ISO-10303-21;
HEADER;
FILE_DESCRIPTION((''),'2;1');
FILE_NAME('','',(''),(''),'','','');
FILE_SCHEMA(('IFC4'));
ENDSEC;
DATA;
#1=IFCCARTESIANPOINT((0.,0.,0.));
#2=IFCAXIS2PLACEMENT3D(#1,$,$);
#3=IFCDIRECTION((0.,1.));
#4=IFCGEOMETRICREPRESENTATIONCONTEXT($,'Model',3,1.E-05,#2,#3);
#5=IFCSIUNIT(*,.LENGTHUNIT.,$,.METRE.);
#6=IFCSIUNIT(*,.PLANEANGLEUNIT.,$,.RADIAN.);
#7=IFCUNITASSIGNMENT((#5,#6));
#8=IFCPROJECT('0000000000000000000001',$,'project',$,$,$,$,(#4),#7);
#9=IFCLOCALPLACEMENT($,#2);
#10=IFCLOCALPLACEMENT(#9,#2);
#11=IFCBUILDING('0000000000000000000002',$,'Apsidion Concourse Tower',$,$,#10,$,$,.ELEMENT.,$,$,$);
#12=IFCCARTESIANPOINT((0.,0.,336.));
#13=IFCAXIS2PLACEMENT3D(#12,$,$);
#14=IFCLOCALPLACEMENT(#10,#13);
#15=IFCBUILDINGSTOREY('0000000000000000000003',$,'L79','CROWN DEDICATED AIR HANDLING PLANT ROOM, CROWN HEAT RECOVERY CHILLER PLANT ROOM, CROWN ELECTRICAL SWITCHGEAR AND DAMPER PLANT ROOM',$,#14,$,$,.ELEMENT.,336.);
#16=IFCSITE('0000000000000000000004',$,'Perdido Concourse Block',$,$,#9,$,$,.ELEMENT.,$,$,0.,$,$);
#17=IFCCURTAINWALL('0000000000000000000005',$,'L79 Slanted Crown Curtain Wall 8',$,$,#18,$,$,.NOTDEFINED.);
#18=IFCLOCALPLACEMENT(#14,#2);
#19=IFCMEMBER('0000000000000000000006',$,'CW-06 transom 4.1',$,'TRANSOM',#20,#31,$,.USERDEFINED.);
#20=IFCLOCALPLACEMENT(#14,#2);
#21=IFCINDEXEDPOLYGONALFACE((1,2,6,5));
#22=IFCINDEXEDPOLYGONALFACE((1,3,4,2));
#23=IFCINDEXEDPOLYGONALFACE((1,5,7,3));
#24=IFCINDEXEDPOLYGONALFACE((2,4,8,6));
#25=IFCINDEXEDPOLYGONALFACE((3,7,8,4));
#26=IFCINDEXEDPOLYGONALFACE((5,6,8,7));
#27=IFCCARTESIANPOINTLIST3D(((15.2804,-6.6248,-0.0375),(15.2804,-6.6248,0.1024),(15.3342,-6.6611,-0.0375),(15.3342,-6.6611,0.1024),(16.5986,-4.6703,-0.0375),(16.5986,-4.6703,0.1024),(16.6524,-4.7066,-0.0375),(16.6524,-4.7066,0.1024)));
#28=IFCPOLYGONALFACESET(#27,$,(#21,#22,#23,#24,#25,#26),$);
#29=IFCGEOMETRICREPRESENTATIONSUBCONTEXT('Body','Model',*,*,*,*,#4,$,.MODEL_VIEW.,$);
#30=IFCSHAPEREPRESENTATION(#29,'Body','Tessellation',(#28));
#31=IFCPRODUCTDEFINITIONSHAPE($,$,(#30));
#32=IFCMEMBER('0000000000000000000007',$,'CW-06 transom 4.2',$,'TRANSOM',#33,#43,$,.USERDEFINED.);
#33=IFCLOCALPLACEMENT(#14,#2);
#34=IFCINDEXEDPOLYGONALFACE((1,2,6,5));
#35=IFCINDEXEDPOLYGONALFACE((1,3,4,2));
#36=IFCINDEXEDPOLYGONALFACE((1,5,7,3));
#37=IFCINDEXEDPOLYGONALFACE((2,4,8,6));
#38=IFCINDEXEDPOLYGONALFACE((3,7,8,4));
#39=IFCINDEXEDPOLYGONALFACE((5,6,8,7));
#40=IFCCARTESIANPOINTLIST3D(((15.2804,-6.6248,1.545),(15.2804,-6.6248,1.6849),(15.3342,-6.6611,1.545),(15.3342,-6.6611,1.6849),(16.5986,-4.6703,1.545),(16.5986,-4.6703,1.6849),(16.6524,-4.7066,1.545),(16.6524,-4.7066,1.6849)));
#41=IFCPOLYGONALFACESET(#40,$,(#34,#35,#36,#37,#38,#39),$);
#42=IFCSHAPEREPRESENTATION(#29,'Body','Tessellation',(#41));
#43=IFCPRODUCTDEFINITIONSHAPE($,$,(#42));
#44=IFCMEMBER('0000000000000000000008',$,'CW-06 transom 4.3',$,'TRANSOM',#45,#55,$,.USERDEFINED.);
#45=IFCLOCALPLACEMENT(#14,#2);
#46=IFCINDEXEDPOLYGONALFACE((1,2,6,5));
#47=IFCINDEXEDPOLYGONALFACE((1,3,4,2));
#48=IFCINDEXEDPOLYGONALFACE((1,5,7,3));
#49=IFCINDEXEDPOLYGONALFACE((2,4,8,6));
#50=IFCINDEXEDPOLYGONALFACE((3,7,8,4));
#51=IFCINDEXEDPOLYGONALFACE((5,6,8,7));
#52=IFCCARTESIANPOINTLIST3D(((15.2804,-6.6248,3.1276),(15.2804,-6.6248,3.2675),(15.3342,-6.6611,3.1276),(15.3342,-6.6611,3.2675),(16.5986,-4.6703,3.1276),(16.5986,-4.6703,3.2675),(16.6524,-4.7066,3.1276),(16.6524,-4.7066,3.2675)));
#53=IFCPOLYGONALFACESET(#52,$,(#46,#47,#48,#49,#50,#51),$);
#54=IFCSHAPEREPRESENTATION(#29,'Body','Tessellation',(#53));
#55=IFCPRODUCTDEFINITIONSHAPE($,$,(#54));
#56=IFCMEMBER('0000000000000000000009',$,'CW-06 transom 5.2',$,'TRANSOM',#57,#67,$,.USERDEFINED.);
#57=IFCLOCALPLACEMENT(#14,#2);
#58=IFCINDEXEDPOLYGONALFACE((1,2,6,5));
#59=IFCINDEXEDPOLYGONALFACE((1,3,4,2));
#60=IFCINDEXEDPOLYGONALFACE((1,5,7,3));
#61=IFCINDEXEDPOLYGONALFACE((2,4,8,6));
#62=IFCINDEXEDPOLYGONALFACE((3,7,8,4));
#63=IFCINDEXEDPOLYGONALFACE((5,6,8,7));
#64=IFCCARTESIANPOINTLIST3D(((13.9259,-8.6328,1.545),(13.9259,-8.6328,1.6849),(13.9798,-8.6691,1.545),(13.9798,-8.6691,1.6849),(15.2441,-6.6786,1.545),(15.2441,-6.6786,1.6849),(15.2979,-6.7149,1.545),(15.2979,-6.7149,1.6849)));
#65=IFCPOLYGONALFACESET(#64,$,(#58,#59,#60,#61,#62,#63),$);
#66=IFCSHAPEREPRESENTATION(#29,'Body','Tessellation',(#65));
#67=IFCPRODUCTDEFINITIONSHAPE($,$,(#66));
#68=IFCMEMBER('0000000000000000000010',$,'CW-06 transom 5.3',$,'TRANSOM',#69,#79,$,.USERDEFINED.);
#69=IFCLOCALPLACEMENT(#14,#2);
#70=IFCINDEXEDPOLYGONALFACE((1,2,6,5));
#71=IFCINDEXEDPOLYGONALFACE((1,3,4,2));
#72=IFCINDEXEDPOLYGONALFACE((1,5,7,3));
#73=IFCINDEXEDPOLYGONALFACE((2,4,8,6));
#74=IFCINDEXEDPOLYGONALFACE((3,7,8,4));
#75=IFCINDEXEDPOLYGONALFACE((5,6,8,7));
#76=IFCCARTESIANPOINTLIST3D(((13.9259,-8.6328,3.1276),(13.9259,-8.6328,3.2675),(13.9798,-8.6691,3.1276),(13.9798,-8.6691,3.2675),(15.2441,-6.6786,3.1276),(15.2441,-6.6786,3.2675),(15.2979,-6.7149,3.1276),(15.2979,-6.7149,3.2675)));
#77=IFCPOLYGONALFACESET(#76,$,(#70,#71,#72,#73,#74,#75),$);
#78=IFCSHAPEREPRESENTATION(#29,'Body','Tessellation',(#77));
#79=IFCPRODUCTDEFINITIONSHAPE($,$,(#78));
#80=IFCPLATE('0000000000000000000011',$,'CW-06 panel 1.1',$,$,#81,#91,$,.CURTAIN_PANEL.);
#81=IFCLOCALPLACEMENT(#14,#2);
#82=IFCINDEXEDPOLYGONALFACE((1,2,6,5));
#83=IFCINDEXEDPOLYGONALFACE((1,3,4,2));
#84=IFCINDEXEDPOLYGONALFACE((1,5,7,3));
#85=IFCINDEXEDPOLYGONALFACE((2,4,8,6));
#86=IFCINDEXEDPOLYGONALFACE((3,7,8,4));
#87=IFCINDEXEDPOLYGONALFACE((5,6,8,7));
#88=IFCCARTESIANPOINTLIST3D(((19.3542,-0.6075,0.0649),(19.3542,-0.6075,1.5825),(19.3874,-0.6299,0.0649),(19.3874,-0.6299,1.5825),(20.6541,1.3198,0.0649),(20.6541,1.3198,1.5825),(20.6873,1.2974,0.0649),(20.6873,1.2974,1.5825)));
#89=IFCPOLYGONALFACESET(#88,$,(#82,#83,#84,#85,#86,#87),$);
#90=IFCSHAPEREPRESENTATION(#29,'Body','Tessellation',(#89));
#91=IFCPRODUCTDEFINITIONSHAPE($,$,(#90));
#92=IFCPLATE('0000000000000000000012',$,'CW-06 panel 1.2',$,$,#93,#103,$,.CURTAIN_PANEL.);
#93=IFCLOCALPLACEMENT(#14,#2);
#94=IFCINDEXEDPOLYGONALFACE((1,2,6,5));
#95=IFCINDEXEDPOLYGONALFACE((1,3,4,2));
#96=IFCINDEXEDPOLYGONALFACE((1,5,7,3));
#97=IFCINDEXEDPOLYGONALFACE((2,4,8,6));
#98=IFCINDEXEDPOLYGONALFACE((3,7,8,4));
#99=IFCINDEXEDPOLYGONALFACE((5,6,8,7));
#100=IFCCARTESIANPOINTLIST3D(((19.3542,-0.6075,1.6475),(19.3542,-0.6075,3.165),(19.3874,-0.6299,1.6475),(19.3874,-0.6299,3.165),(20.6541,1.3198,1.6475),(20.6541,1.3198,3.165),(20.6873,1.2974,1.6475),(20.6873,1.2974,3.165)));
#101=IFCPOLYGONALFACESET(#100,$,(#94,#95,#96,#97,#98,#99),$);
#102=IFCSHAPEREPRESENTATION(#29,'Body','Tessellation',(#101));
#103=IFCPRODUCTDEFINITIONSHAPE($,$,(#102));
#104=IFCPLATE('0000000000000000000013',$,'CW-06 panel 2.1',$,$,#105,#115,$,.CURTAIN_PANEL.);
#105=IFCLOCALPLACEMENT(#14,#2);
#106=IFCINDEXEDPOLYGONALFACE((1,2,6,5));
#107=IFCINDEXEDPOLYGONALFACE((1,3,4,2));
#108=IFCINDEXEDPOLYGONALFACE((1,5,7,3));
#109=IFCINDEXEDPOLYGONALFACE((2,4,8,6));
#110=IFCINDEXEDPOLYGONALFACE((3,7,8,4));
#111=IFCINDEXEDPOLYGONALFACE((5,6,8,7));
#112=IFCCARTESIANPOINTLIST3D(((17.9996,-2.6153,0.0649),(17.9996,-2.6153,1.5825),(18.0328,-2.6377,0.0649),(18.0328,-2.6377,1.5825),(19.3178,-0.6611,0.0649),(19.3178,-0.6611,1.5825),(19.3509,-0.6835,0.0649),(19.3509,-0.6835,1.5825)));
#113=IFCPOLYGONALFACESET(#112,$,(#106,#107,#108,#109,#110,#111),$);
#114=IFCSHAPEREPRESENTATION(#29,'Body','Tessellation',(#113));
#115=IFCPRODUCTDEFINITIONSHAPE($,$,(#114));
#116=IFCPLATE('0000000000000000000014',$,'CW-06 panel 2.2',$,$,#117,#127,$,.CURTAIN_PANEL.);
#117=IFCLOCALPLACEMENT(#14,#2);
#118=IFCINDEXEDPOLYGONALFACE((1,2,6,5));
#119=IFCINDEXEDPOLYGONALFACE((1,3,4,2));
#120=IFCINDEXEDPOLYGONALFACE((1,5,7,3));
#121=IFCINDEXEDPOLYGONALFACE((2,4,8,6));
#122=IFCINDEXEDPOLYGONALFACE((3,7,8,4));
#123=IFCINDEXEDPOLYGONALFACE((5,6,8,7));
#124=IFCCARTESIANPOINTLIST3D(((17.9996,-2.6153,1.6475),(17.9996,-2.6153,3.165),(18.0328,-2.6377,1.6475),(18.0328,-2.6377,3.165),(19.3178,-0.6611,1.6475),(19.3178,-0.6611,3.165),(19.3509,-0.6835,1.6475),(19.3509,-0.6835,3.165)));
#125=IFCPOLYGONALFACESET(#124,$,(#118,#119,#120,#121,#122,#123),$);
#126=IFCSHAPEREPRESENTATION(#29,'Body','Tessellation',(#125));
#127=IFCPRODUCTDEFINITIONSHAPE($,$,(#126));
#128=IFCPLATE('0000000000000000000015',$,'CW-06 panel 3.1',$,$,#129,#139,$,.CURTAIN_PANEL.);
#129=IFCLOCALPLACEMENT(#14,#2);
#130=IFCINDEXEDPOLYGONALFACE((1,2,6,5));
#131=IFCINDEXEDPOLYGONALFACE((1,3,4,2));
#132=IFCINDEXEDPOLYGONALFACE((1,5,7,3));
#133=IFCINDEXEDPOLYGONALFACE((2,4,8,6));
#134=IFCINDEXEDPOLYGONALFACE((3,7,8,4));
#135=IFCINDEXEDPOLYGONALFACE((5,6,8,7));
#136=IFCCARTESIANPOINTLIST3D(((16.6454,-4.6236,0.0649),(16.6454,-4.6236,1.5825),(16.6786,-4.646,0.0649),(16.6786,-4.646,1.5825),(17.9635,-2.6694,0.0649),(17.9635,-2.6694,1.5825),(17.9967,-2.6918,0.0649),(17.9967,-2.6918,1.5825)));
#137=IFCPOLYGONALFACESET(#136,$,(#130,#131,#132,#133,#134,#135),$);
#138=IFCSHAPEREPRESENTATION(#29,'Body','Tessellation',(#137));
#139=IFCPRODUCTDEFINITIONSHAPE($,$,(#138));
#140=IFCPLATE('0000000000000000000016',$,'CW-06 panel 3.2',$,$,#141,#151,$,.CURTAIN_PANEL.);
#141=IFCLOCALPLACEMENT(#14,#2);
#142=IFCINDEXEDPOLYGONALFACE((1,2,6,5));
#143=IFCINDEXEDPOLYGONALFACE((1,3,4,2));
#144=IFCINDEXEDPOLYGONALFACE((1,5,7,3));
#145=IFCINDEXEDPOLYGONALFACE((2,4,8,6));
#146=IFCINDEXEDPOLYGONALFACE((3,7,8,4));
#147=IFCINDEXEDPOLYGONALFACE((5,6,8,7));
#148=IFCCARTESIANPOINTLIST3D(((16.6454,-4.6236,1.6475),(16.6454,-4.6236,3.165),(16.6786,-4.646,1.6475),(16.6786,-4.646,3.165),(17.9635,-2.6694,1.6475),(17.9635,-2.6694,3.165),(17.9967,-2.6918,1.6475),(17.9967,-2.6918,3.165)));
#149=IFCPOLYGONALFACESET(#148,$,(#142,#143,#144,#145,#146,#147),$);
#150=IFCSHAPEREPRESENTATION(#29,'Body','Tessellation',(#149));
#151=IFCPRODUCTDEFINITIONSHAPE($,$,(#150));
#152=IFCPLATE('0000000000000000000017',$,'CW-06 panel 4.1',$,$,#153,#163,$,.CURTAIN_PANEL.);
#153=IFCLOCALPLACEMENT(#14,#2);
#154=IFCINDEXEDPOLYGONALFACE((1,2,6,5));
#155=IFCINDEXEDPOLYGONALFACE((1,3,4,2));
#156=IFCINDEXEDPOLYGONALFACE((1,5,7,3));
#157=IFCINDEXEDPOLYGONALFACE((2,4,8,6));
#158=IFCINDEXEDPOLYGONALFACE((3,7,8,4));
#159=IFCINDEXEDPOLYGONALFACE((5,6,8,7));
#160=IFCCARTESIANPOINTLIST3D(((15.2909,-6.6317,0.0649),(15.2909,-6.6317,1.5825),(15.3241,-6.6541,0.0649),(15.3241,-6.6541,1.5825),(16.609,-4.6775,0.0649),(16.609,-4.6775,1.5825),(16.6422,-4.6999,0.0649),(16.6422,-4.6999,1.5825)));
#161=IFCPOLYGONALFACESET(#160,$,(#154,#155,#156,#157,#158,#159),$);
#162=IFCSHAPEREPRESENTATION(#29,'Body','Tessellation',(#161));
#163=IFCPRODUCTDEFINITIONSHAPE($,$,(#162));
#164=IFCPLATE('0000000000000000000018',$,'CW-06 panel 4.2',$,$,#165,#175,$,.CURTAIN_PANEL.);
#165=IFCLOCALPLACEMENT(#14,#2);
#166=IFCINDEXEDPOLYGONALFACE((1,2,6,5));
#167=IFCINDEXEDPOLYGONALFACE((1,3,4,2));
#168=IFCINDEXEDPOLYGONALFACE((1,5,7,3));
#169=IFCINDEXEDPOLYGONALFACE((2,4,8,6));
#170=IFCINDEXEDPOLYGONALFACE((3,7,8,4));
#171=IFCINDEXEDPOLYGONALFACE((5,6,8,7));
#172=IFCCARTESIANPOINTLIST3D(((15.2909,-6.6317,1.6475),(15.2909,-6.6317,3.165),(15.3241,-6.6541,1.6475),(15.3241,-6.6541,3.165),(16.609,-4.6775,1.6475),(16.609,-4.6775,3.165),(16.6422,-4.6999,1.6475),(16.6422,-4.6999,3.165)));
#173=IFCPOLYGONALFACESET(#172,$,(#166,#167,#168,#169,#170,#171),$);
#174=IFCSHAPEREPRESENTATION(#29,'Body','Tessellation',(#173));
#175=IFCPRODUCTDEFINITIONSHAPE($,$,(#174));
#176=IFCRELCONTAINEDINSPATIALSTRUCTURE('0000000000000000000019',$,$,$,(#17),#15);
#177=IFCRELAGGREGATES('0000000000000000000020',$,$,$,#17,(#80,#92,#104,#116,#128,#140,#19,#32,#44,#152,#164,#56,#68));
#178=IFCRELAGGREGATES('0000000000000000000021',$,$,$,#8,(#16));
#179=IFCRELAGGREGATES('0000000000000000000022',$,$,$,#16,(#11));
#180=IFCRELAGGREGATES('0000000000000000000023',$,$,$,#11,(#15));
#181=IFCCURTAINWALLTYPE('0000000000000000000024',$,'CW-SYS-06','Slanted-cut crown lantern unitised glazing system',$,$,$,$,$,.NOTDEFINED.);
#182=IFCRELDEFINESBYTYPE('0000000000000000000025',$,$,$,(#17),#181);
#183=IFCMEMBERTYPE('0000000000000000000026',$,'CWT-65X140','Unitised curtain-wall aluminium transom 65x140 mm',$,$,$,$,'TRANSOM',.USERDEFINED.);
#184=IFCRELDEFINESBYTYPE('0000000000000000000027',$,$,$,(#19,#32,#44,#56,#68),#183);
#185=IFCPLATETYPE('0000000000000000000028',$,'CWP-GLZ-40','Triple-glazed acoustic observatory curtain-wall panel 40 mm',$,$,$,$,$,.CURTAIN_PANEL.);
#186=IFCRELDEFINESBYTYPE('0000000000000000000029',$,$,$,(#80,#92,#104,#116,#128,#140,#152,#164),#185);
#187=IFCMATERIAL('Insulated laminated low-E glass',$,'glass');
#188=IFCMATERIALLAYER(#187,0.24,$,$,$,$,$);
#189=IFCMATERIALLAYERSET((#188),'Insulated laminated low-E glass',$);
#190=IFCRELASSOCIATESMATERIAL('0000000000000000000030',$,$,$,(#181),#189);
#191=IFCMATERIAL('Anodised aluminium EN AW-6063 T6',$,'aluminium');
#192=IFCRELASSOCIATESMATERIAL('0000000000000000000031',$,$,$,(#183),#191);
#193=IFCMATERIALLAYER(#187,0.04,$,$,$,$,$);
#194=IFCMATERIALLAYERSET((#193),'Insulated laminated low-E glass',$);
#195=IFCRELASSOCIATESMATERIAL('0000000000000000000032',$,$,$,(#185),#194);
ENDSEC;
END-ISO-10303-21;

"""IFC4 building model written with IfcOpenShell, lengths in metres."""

from ifc_helpers import new_model, si_unit, direction, frame, origin, origin_2d, place, context, subcontext, project, spatial, rectangle, extrude, material, layer, layer_set, material_profile, profile_set, type_object, element, aggregate, save


model = new_model("IFC4")

# Units and contexts
model_context = context("Model", 3, precision=1e-05, world=origin(), true_north=direction((0.0, 1.0)))
body_context = subcontext(model_context, "Body", "Model", "MODEL_VIEW")
ifc_project = project(units=[si_unit("LENGTHUNIT", "METRE"), si_unit("PLANEANGLEUNIT", "RADIAN")], contexts=[model_context])

# Site, building, storey
site_placement = place(None, origin())
site = spatial("IfcSite", under=ifc_project, at=site_placement, Name="Perdido Concourse Block", CompositionType="ELEMENT", RefElevation=0.0)
building_placement = place(site_placement, origin())
building = spatial("IfcBuilding", under=site, at=building_placement, Name="Apsidion Concourse Tower", CompositionType="ELEMENT")
storey_placement = place(building_placement, frame((0.0, 0.0, 336.0)))
storey = spatial("IfcBuildingStorey", under=building, at=storey_placement, Name="L79", Description="CROWN DEDICATED AIR HANDLING PLANT ROOM, CROWN HEAT RECOVERY CHILLER PLANT ROOM, CROWN ELECTRICAL SWITCHGEAR AND DAMPER PLANT ROOM", CompositionType="ELEMENT", Elevation=336.0)

# Curtain wall, members, plates
ifc_material_1 = material(Name="Insulated laminated low-E glass", Category="glass")
ifc_layer_1 = layer(ifc_material_1, 0.24)
ifc_layer_set_1 = layer_set([ifc_layer_1], Name="Insulated laminated low-E glass")
curtain_wall_type = type_object("IfcCurtainWallType", Name="CW-SYS-06", Description="Slanted-cut crown lantern unitised glazing system", PredefinedType="NOTDEFINED", material=ifc_layer_set_1)
curtain_wall_placement = place(storey_placement, origin())
curtain_wall = element("IfcCurtainWall", 1, at=curtain_wall_placement, inside=storey, type_object=curtain_wall_type, Name="L79 Slanted Crown Curtain Wall 8", PredefinedType="NOTDEFINED")
ifc_material_2 = material(Name="Anodised aluminium EN AW-6063 T6", Category="aluminium")
ifc_material_profile_1 = material_profile(ifc_material_2, rectangle(XDim=0.0649, YDim=0.1399, at=origin_2d()), Name="ALU TRANSOM 65x140")
ifc_profile_set_1 = profile_set([ifc_material_profile_1], Name="Anodised aluminium EN AW-6063 T6")
member_type_1 = type_object("IfcMemberType", Name="CWT-65X140", Description="Unitised curtain-wall aluminium transom 65x140 mm", ElementType="TRANSOM", PredefinedType="USERDEFINED", material=ifc_profile_set_1)
member_1_placement = place(storey_placement, frame((16.6255, -4.6885, 0.0325), z_axis=(-0.559162, -0.829059, 0.0), x_axis=(0.829059, -0.559162, 0.0)))
member_1 = element("IfcMember", 2, at=member_1_placement, type_object=member_type_1, Name="CW-06 transom 4.1", ObjectType="TRANSOM", PredefinedType="USERDEFINED", context=body_context, shape_type="SweptSolid", body=[
    extrude(rectangle(XDim=0.0649, YDim=0.1399, at=origin_2d()), origin(), (0.0, 0.0, 1.0), 2.3574),
])
member_2_placement = place(storey_placement, frame((16.6255, -4.6885, 1.615), z_axis=(-0.559162, -0.829059, 0.0), x_axis=(0.829059, -0.559162, 0.0)))
member_2 = element("IfcMember", 3, at=member_2_placement, type_object=member_type_1, Name="CW-06 transom 4.2", ObjectType="TRANSOM", PredefinedType="USERDEFINED", context=body_context, shape_type="SweptSolid", body=[
    extrude(rectangle(XDim=0.0649, YDim=0.1399, at=origin_2d()), origin(), (0.0, 0.0, 1.0), 2.3574),
])
member_3_placement = place(storey_placement, frame((16.6255, -4.6885, 3.1975), z_axis=(-0.559162, -0.829059, 0.0), x_axis=(0.829059, -0.559162, 0.0)))
member_3 = element("IfcMember", 4, at=member_3_placement, type_object=member_type_1, Name="CW-06 transom 4.3", ObjectType="TRANSOM", PredefinedType="USERDEFINED", context=body_context, shape_type="SweptSolid", body=[
    extrude(rectangle(XDim=0.0649, YDim=0.1399, at=origin_2d()), origin(), (0.0, 0.0, 1.0), 2.3574),
])
member_4_placement = place(storey_placement, frame((15.271, -6.6968, 1.615), z_axis=(-0.55921, -0.829026, 0.0), x_axis=(0.829026, -0.55921, 0.0)))
member_4 = element("IfcMember", 5, at=member_4_placement, type_object=member_type_1, Name="CW-06 transom 5.2", ObjectType="TRANSOM", PredefinedType="USERDEFINED", context=body_context, shape_type="SweptSolid", body=[
    extrude(rectangle(XDim=0.0649, YDim=0.1399, at=origin_2d()), origin(), (0.0, 0.0, 1.0), 2.3572),
])
member_5_placement = place(storey_placement, frame((15.271, -6.6968, 3.1975), z_axis=(-0.55921, -0.829026, 0.0), x_axis=(0.829026, -0.55921, 0.0)))
member_5 = element("IfcMember", 6, at=member_5_placement, type_object=member_type_1, Name="CW-06 transom 5.3", ObjectType="TRANSOM", PredefinedType="USERDEFINED", context=body_context, shape_type="SweptSolid", body=[
    extrude(rectangle(XDim=0.0649, YDim=0.1399, at=origin_2d()), origin(), (0.0, 0.0, 1.0), 2.3572),
])
ifc_layer_2 = layer(ifc_material_1, 0.04)
ifc_layer_set_2 = layer_set([ifc_layer_2], Name="Insulated laminated low-E glass")
plate_type = type_object("IfcPlateType", Name="CWP-GLZ-40", Description="Triple-glazed acoustic observatory curtain-wall panel 40 mm", PredefinedType="CURTAIN_PANEL", material=ifc_layer_set_2)
plate_1_placement = place(storey_placement, frame((20.0208, 0.345, 0.0649), z_axis=(0.0, 0.0, 1.0), x_axis=(-0.559192, -0.829038, 0.0)))
plate_1 = element("IfcPlate", 7, at=plate_1_placement, type_object=plate_type, Name="CW-06 panel 1.1", PredefinedType="CURTAIN_PANEL", context=body_context, shape_type="SweptSolid", body=[
    extrude(rectangle(XDim=2.3247, YDim=0.04, at=origin_2d()), origin(), (0.0, 0.0, 1.0), 1.5176),
])
plate_2_placement = place(storey_placement, frame((20.0208, 0.345, 1.6475), z_axis=(0.0, 0.0, 1.0), x_axis=(-0.559192, -0.829038, 0.0)))
plate_2 = element("IfcPlate", 8, at=plate_2_placement, type_object=plate_type, Name="CW-06 panel 1.2", PredefinedType="CURTAIN_PANEL", context=body_context, shape_type="SweptSolid", body=[
    extrude(rectangle(XDim=2.3247, YDim=0.04, at=origin_2d()), origin(), (0.0, 0.0, 1.0), 1.5176),
])
plate_3_placement = place(storey_placement, frame((18.6753, -1.6494, 0.0649), z_axis=(0.0, 0.0, 1.0), x_axis=(-0.559192, -0.829038, 0.0)))
plate_3 = element("IfcPlate", 9, at=plate_3_placement, type_object=plate_type, Name="CW-06 panel 2.1", PredefinedType="CURTAIN_PANEL", context=body_context, shape_type="SweptSolid", body=[
    extrude(rectangle(XDim=2.3572, YDim=0.04, at=origin_2d()), origin(), (0.0, 0.0, 1.0), 1.5176),
])
plate_4_placement = place(storey_placement, frame((18.6753, -1.6494, 1.6475), z_axis=(0.0, 0.0, 1.0), x_axis=(-0.559192, -0.829038, 0.0)))
plate_4 = element("IfcPlate", 10, at=plate_4_placement, type_object=plate_type, Name="CW-06 panel 2.2", PredefinedType="CURTAIN_PANEL", context=body_context, shape_type="SweptSolid", body=[
    extrude(rectangle(XDim=2.3572, YDim=0.04, at=origin_2d()), origin(), (0.0, 0.0, 1.0), 1.5176),
])
plate_5_placement = place(storey_placement, frame((17.321, -3.6577, 0.0649), z_axis=(0.0, 0.0, 1.0), x_axis=(-0.559192, -0.829038, 0.0)))
plate_5 = element("IfcPlate", 11, at=plate_5_placement, type_object=plate_type, Name="CW-06 panel 3.1", PredefinedType="CURTAIN_PANEL", context=body_context, shape_type="SweptSolid", body=[
    extrude(rectangle(XDim=2.3572, YDim=0.04, at=origin_2d()), origin(), (0.0, 0.0, 1.0), 1.5176),
])
plate_6_placement = place(storey_placement, frame((17.321, -3.6577, 1.6475), z_axis=(0.0, 0.0, 1.0), x_axis=(-0.559192, -0.829038, 0.0)))
plate_6 = element("IfcPlate", 12, at=plate_6_placement, type_object=plate_type, Name="CW-06 panel 3.2", PredefinedType="CURTAIN_PANEL", context=body_context, shape_type="SweptSolid", body=[
    extrude(rectangle(XDim=2.3572, YDim=0.04, at=origin_2d()), origin(), (0.0, 0.0, 1.0), 1.5176),
])
plate_7_placement = place(storey_placement, frame((15.9666, -5.6658, 0.0649), z_axis=(0.0, 0.0, 1.0), x_axis=(-0.559192, -0.829038, 0.0)))
plate_7 = element("IfcPlate", 13, at=plate_7_placement, type_object=plate_type, Name="CW-06 panel 4.1", PredefinedType="CURTAIN_PANEL", context=body_context, shape_type="SweptSolid", body=[
    extrude(rectangle(XDim=2.3572, YDim=0.04, at=origin_2d()), origin(), (0.0, 0.0, 1.0), 1.5176),
])
plate_8_placement = place(storey_placement, frame((15.9666, -5.6658, 1.6475), z_axis=(0.0, 0.0, 1.0), x_axis=(-0.559192, -0.829038, 0.0)))
plate_8 = element("IfcPlate", 14, at=plate_8_placement, type_object=plate_type, Name="CW-06 panel 4.2", PredefinedType="CURTAIN_PANEL", context=body_context, shape_type="SweptSolid", body=[
    extrude(rectangle(XDim=2.3572, YDim=0.04, at=origin_2d()), origin(), (0.0, 0.0, 1.0), 1.5176),
])
aggregate(curtain_wall, [plate_1, plate_2, plate_3, plate_4, plate_5, plate_6, member_1, member_2, member_3, plate_7, plate_8, member_4, member_5])

save(model, "model.ifc")
